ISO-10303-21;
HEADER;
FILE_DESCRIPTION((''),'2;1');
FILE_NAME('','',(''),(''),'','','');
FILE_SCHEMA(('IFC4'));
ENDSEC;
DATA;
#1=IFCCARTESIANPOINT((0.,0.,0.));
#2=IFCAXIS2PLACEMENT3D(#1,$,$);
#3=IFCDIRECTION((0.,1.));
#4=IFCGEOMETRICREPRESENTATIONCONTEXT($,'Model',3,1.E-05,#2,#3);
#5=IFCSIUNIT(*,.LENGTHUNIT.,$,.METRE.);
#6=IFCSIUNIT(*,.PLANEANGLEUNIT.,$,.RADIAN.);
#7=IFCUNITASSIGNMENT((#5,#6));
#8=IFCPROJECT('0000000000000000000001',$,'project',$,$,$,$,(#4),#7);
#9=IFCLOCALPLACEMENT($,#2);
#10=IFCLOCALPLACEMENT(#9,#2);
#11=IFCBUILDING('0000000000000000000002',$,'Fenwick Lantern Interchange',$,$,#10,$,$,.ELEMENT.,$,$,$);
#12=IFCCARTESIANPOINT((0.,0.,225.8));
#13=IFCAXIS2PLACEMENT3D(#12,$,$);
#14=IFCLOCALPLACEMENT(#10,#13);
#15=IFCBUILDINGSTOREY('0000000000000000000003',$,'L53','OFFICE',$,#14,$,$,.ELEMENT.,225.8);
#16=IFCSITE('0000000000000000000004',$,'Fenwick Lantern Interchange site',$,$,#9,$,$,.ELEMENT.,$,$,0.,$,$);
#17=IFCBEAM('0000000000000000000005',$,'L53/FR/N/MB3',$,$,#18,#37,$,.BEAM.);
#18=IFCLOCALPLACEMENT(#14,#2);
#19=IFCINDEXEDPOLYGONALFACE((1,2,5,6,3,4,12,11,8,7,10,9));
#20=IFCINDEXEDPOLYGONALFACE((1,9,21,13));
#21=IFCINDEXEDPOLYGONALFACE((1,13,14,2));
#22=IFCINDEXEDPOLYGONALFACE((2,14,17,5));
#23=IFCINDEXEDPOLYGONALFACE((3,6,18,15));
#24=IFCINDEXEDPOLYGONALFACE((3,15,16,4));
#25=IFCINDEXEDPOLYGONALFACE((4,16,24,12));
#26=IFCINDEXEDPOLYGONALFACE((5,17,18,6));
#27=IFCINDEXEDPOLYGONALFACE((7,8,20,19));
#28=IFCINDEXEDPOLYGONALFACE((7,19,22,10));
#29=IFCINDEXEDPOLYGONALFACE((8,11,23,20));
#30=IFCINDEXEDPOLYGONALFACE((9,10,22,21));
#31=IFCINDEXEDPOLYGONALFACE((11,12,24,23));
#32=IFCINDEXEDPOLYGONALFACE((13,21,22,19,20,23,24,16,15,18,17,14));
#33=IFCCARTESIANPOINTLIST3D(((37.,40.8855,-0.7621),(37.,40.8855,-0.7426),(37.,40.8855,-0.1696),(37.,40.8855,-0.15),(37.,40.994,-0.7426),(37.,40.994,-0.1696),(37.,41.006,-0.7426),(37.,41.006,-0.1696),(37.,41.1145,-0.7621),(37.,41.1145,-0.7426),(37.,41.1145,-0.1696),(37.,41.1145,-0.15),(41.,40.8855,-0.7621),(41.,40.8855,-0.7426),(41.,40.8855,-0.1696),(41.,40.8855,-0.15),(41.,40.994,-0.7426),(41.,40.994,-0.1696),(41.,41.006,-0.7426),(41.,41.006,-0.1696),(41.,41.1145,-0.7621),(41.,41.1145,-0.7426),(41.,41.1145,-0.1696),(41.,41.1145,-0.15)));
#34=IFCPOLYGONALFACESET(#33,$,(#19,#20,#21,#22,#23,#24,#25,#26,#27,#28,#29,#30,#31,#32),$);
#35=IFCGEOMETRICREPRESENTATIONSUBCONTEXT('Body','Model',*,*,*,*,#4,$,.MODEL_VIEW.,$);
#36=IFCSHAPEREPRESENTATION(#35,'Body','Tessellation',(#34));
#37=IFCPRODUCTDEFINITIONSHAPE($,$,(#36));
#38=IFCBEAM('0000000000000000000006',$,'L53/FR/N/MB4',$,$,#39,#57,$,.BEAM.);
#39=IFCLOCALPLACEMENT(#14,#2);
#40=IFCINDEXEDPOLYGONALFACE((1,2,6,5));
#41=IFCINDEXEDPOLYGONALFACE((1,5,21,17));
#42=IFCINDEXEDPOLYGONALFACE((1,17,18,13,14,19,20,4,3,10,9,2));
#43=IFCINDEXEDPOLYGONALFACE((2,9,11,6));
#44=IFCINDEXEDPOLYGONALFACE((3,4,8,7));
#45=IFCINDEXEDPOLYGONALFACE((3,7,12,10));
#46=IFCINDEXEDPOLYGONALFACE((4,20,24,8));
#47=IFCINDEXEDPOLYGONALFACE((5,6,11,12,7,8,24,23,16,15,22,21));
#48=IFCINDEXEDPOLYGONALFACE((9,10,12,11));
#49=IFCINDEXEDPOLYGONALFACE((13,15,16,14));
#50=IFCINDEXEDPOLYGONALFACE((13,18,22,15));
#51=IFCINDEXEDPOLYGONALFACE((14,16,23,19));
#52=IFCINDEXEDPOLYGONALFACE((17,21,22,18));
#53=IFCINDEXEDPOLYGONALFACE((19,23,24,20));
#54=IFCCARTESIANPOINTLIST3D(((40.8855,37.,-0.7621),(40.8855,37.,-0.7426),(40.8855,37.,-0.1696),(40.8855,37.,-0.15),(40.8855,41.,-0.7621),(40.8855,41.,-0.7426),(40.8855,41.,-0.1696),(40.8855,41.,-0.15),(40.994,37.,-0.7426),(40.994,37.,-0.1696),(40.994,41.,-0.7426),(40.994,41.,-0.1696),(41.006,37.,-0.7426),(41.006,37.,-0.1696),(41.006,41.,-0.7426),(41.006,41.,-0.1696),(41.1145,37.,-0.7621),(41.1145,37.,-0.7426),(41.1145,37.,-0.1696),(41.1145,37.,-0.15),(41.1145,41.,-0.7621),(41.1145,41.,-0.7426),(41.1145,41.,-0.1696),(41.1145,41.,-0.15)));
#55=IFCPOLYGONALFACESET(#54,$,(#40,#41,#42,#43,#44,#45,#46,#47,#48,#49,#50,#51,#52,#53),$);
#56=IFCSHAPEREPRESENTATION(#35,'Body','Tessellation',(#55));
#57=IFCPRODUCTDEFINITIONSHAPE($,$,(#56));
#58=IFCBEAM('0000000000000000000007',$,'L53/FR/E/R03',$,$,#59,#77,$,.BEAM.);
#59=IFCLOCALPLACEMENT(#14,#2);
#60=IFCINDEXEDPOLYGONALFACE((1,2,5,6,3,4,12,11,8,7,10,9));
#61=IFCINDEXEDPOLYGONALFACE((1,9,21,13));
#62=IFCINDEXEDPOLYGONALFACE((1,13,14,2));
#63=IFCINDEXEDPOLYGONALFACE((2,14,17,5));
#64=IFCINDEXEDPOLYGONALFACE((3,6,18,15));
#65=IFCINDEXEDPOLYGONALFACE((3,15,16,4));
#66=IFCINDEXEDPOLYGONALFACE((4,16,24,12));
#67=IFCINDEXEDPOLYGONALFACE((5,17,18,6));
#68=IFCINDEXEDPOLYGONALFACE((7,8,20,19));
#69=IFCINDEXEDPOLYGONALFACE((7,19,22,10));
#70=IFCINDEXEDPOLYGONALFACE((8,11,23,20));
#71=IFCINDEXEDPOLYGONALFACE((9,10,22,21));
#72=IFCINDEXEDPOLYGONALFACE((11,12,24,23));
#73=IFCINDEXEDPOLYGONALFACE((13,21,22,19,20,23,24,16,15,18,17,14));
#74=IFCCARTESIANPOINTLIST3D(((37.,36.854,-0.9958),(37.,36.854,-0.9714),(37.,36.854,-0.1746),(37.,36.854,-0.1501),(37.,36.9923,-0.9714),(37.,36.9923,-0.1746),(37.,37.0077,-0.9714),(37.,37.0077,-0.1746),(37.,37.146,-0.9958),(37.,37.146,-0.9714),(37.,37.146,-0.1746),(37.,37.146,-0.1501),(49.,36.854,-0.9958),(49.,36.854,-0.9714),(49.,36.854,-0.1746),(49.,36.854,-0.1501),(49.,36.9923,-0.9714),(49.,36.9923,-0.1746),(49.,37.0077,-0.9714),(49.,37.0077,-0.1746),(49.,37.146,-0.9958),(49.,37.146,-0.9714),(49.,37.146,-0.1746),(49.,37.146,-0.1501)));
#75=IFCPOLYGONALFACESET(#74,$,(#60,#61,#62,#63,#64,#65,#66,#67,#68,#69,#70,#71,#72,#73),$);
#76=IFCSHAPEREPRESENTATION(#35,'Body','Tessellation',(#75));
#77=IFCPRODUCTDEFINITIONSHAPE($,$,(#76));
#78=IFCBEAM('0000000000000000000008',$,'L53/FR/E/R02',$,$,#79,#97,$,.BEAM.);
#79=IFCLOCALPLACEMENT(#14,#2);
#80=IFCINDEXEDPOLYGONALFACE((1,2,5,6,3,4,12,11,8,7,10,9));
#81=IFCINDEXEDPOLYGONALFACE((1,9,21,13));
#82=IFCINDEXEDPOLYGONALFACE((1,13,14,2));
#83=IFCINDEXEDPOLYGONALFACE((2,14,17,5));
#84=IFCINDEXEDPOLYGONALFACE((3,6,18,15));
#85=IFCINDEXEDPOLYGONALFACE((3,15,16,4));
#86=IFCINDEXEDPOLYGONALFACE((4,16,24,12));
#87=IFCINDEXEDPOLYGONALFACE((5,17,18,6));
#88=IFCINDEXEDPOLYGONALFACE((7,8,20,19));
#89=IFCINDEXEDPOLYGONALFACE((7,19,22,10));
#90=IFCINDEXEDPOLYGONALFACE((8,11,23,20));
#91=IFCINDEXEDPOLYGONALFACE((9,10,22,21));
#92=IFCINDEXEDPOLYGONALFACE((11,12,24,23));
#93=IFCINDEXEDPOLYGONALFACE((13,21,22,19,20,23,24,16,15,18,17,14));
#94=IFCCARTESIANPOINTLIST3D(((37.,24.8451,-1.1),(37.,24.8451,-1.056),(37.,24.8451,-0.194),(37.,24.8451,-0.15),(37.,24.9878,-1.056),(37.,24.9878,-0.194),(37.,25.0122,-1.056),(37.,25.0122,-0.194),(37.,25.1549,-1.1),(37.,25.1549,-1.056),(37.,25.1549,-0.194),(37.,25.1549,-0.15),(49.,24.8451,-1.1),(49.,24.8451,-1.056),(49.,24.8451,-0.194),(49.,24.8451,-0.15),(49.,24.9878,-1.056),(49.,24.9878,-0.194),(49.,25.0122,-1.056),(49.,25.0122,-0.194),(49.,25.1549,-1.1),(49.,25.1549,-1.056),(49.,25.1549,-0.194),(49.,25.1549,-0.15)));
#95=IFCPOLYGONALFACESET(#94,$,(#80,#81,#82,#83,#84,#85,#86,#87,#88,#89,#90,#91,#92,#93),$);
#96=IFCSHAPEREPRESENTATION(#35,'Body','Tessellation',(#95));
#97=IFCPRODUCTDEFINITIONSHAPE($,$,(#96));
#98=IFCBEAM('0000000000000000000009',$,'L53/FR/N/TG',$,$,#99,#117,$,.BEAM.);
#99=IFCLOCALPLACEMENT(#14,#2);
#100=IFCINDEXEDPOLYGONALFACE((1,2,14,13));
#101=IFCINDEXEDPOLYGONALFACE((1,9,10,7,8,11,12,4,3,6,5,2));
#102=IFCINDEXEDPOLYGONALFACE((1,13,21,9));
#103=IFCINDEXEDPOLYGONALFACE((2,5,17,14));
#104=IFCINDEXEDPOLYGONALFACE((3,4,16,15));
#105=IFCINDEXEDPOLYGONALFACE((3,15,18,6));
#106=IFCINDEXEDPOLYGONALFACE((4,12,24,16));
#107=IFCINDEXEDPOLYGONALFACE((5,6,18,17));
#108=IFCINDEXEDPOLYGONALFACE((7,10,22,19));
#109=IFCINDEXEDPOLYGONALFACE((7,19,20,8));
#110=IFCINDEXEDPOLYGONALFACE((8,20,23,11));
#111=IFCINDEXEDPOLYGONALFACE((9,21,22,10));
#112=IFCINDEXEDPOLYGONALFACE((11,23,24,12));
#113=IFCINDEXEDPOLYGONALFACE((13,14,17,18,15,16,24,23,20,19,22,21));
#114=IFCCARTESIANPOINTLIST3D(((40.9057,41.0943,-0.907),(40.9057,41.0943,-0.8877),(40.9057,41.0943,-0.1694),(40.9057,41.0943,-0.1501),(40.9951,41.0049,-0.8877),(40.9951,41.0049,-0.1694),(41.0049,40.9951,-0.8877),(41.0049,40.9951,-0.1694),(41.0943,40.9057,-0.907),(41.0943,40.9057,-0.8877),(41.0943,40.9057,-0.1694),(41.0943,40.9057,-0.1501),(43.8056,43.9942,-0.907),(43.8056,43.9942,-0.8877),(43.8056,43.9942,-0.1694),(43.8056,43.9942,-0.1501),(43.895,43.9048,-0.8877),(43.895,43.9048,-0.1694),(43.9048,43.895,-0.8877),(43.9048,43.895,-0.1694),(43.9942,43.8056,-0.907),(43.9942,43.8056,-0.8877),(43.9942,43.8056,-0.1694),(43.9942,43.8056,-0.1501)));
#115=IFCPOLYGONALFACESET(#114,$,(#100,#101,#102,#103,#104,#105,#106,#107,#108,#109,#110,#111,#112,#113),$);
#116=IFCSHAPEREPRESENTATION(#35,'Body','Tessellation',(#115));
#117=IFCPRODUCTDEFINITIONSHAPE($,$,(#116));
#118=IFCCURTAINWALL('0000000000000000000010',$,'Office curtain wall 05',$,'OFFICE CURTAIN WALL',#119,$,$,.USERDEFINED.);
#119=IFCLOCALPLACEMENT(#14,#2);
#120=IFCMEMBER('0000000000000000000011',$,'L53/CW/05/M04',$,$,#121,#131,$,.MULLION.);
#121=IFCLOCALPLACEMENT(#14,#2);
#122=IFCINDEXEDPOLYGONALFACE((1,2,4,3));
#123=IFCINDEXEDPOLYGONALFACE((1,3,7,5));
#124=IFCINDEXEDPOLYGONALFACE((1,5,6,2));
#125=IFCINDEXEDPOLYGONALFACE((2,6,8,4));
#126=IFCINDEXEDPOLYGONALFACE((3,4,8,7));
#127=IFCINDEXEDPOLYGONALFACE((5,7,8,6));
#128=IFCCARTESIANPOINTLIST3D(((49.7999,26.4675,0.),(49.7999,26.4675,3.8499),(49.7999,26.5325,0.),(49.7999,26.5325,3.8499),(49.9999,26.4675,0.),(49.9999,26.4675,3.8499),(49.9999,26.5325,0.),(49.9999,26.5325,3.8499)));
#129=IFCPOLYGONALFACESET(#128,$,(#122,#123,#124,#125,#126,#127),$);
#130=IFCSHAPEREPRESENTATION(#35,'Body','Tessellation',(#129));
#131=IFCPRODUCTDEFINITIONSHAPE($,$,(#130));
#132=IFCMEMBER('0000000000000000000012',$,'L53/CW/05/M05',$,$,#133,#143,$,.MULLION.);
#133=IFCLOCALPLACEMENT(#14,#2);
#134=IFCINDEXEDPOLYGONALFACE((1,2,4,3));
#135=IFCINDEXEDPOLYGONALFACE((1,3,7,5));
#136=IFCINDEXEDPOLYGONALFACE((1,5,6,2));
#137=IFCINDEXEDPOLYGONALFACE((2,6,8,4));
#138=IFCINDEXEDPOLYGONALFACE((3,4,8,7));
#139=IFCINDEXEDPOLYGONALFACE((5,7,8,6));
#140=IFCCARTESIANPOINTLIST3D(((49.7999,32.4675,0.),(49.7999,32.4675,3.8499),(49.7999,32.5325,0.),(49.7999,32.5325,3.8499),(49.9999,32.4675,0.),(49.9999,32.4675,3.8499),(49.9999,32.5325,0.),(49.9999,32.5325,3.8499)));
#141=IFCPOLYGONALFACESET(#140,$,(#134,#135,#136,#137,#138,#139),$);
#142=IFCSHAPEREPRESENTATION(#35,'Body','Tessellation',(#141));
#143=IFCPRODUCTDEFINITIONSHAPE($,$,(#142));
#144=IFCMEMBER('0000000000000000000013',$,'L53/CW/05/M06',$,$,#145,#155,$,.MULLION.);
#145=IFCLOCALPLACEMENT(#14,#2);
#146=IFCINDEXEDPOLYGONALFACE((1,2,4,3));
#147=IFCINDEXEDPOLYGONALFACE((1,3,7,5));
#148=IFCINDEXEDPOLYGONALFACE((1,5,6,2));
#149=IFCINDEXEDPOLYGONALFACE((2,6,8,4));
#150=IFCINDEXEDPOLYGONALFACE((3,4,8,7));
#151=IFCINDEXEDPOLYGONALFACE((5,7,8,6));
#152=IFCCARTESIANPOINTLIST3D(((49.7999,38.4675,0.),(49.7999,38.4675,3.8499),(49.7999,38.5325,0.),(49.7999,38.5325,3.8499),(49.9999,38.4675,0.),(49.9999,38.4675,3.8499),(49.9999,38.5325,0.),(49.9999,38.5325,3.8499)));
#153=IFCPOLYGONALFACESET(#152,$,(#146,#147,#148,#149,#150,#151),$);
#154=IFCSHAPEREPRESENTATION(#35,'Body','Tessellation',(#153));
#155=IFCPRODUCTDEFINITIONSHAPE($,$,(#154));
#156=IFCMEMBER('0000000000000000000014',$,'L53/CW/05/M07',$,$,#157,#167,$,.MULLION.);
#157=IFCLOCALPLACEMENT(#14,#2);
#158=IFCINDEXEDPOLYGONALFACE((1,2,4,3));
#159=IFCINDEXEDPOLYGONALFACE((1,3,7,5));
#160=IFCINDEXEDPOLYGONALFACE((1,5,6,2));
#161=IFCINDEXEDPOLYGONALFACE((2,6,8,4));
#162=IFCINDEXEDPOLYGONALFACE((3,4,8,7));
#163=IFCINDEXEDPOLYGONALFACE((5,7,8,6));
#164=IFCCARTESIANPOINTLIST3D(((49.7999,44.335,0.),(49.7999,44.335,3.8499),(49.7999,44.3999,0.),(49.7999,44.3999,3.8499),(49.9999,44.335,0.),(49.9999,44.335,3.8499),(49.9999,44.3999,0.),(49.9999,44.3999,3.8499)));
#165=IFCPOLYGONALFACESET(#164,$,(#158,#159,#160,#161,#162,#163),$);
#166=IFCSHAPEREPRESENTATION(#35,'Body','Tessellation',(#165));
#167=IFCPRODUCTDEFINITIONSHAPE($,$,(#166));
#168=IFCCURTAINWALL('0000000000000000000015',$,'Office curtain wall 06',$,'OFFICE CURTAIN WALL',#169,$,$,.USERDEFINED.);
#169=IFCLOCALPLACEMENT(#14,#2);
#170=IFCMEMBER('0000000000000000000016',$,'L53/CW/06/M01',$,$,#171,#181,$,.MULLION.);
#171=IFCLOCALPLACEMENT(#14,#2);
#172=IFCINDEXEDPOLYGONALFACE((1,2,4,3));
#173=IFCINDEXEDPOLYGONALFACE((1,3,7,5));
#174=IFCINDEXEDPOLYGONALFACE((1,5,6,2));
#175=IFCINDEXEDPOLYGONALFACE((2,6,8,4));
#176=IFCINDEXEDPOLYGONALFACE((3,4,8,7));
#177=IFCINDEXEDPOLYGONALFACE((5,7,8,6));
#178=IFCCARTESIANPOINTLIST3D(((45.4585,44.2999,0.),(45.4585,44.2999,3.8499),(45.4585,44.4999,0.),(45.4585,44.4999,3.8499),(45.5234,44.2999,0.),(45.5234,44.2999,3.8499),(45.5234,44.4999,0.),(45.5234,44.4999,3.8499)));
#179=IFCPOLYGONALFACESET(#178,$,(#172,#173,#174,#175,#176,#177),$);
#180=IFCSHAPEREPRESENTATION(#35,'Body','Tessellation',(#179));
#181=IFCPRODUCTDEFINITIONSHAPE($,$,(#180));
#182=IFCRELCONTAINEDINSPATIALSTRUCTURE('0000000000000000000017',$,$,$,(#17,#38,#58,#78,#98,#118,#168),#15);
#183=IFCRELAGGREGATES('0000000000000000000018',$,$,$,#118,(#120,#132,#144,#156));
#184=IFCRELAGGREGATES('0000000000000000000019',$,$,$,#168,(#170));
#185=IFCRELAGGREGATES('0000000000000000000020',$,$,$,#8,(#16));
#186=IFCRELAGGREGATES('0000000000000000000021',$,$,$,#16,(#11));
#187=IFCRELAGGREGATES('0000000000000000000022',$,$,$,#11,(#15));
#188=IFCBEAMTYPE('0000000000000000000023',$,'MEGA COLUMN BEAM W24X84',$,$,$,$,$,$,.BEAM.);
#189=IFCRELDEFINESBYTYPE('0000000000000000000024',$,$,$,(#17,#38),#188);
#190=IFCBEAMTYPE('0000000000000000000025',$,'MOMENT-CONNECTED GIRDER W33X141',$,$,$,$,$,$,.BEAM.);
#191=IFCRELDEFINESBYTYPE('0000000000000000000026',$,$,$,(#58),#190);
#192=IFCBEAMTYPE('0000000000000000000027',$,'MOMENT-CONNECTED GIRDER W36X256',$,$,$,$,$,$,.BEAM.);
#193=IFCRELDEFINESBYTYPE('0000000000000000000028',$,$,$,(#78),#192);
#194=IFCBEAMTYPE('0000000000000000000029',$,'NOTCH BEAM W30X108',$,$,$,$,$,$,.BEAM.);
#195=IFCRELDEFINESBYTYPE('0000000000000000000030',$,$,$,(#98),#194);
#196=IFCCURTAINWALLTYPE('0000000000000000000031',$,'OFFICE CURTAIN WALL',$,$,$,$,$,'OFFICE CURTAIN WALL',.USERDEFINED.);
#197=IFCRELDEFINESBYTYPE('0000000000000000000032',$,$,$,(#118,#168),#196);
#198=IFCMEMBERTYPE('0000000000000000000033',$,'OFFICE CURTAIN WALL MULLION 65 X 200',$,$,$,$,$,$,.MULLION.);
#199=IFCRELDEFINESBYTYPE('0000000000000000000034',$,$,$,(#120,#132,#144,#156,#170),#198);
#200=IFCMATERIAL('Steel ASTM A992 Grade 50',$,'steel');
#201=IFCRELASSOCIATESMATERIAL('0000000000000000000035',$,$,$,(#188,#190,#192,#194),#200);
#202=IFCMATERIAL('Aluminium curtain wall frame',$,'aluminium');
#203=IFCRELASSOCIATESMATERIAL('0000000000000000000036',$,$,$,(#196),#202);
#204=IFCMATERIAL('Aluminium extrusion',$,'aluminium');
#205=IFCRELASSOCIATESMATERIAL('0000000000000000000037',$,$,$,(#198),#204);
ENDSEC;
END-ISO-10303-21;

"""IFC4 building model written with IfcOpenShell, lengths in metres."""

from ifc_helpers import new_model, si_unit, direction, frame, origin, origin_2d, place, context, subcontext, project, spatial, rectangle, i_section, extrude, material, material_profile, profile_set, type_object, element, aggregate, save


model = new_model("IFC4")

# Units and contexts
model_context = context("Model", 3, precision=1e-05, world=origin(), true_north=direction((0.0, 1.0)))
body_context = subcontext(model_context, "Body", "Model", "MODEL_VIEW")
ifc_project = project(units=[si_unit("LENGTHUNIT", "METRE"), si_unit("PLANEANGLEUNIT", "RADIAN")], contexts=[model_context])

# Site, building, storey
site_placement = place(None, origin())
site = spatial("IfcSite", under=ifc_project, at=site_placement, Name="Fenwick Lantern Interchange site", CompositionType="ELEMENT", RefElevation=0.0)
building_placement = place(site_placement, origin())
building = spatial("IfcBuilding", under=site, at=building_placement, Name="Fenwick Lantern Interchange", CompositionType="ELEMENT")
storey_placement = place(building_placement, frame((0.0, 0.0, 225.8)))
storey = spatial("IfcBuildingStorey", under=building, at=storey_placement, Name="L53", Description="OFFICE", CompositionType="ELEMENT", Elevation=225.8)

# Shared definitions
ifc_material_1 = material(Name="Steel ASTM A992 Grade 50", Category="steel")

# Beams
ifc_material_profile_1 = material_profile(ifc_material_1, i_section(OverallWidth=0.229, OverallDepth=0.6121, WebThickness=0.012, FlangeThickness=0.0195, at=origin_2d()), Name="W24X84")
ifc_profile_set_1 = profile_set([ifc_material_profile_1], Name="Steel ASTM A992 Grade 50")
beam_type_1 = type_object("IfcBeamType", Name="MEGA COLUMN BEAM W24X84", PredefinedType="BEAM", material=ifc_profile_set_1)
for number, where, z_axis, x_axis, name in (
    (1, (41.0, 41.0, -0.4561), (-1.0, 0.0, 0.0), (0.0, -1.0, 0.0), "L53/FR/N/MB3"),
    (2, (41.0, 41.0, -0.4561), (0.0, -1.0, 0.0), (1.0, 0.0, 0.0), "L53/FR/N/MB4"),
):
    element("IfcBeam", number, at=place(storey_placement, frame(where, z_axis=z_axis, x_axis=x_axis)), inside=storey, type_object=beam_type_1, Name=name, PredefinedType="BEAM", context=body_context, shape_type="SweptSolid", body=[
        extrude(i_section(OverallWidth=0.229, OverallDepth=0.6121, WebThickness=0.012, FlangeThickness=0.0195, at=origin_2d()), origin(), (0.0, 0.0, 1.0), 4.0),
    ])
ifc_material_profile_2 = material_profile(ifc_material_1, i_section(OverallWidth=0.292, OverallDepth=0.8457, WebThickness=0.0154, FlangeThickness=0.0244, at=origin_2d()), Name="W33X141")
ifc_profile_set_2 = profile_set([ifc_material_profile_2], Name="Steel ASTM A992 Grade 50")
beam_type_2 = type_object("IfcBeamType", Name="MOMENT-CONNECTED GIRDER W33X141", PredefinedType="BEAM", material=ifc_profile_set_2)
beam_1_placement = place(storey_placement, frame((49.0, 37.0, -0.573), z_axis=(-1.0, 0.0, 0.0), x_axis=(0.0, -1.0, 0.0)))
element("IfcBeam", 3, at=beam_1_placement, inside=storey, type_object=beam_type_2, Name="L53/FR/E/R03", PredefinedType="BEAM", context=body_context, shape_type="SweptSolid", body=[
    extrude(i_section(OverallWidth=0.292, OverallDepth=0.8457, WebThickness=0.0154, FlangeThickness=0.0244, at=origin_2d()), origin(), (0.0, 0.0, 1.0), 12.0),
])
ifc_material_profile_3 = material_profile(ifc_material_1, i_section(OverallWidth=0.3098, OverallDepth=0.95, WebThickness=0.0244, FlangeThickness=0.0439, at=origin_2d()), Name="W36X256")
ifc_profile_set_3 = profile_set([ifc_material_profile_3], Name="Steel ASTM A992 Grade 50")
beam_type_3 = type_object("IfcBeamType", Name="MOMENT-CONNECTED GIRDER W36X256", PredefinedType="BEAM", material=ifc_profile_set_3)
beam_2_placement = place(storey_placement, frame((49.0, 25.0, -0.625), z_axis=(-1.0, 0.0, 0.0), x_axis=(0.0, -1.0, 0.0)))
element("IfcBeam", 4, at=beam_2_placement, inside=storey, type_object=beam_type_3, Name="L53/FR/E/R02", PredefinedType="BEAM", context=body_context, shape_type="SweptSolid", body=[
    extrude(i_section(OverallWidth=0.3098, OverallDepth=0.95, WebThickness=0.0244, FlangeThickness=0.0439, at=origin_2d()), origin(), (0.0, 0.0, 1.0), 12.0),
])
ifc_material_profile_4 = material_profile(ifc_material_1, i_section(OverallWidth=0.2666, OverallDepth=0.7568, WebThickness=0.0139, FlangeThickness=0.0193, at=origin_2d()), Name="W30X108")
ifc_profile_set_4 = profile_set([ifc_material_profile_4], Name="Steel ASTM A992 Grade 50")
beam_type_4 = type_object("IfcBeamType", Name="NOTCH BEAM W30X108", PredefinedType="BEAM", material=ifc_profile_set_4)
beam_3_placement = place(storey_placement, frame((41.0, 41.0, -0.5286), z_axis=(0.707107, 0.707107, 0.0), x_axis=(-0.707107, 0.707107, 0.0)))
element("IfcBeam", 5, at=beam_3_placement, inside=storey, type_object=beam_type_4, Name="L53/FR/N/TG", PredefinedType="BEAM", context=body_context, shape_type="SweptSolid", body=[
    extrude(i_section(OverallWidth=0.2666, OverallDepth=0.7568, WebThickness=0.0139, FlangeThickness=0.0193, at=origin_2d()), origin(), (0.0, 0.0, 1.0), 4.1011),
])

# Curtain wall, members
ifc_material_2 = material(Name="Aluminium curtain wall frame", Category="aluminium")
curtain_wall_type = type_object("IfcCurtainWallType", Name="OFFICE CURTAIN WALL", ElementType="OFFICE CURTAIN WALL", PredefinedType="USERDEFINED", material=ifc_material_2)
curtain_wall_1_placement = place(storey_placement, origin())
curtain_wall_1 = element("IfcCurtainWall", 6, at=curtain_wall_1_placement, inside=storey, type_object=curtain_wall_type, Name="Office curtain wall 05", ObjectType="OFFICE CURTAIN WALL", PredefinedType="USERDEFINED")
ifc_material_3 = material(Name="Aluminium extrusion", Category="aluminium")
ifc_material_profile_5 = material_profile(ifc_material_3, rectangle(XDim=0.2, YDim=0.0649, at=origin_2d()), Name="OFFICE CURTAIN WALL MULLION 65 X 200")
ifc_profile_set_5 = profile_set([ifc_material_profile_5], Name="Aluminium extrusion")
member_type_1 = type_object("IfcMemberType", Name="OFFICE CURTAIN WALL MULLION 65 X 200", PredefinedType="MULLION", material=ifc_profile_set_5)
member_1_placement = place(storey_placement, frame((49.8999, 26.5, 0.0), z_axis=(0.0, 0.0, 1.0), x_axis=(-1.0, 0.0, 0.0)))
member_1 = element("IfcMember", 7, at=member_1_placement, type_object=member_type_1, Name="L53/CW/05/M04", PredefinedType="MULLION", context=body_context, shape_type="SweptSolid", body=[
    extrude(rectangle(XDim=0.2, YDim=0.0649, at=origin_2d()), origin(), (0.0, 0.0, 1.0), 3.8499),
])
member_2_placement = place(storey_placement, frame((49.8999, 32.5, 0.0), z_axis=(0.0, 0.0, 1.0), x_axis=(-1.0, 0.0, 0.0)))
member_2 = element("IfcMember", 8, at=member_2_placement, type_object=member_type_1, Name="L53/CW/05/M05", PredefinedType="MULLION", context=body_context, shape_type="SweptSolid", body=[
    extrude(rectangle(XDim=0.2, YDim=0.0649, at=origin_2d()), origin(), (0.0, 0.0, 1.0), 3.8499),
])
member_3_placement = place(storey_placement, frame((49.8999, 38.5, 0.0), z_axis=(0.0, 0.0, 1.0), x_axis=(-1.0, 0.0, 0.0)))
member_3 = element("IfcMember", 9, at=member_3_placement, type_object=member_type_1, Name="L53/CW/05/M06", PredefinedType="MULLION", context=body_context, shape_type="SweptSolid", body=[
    extrude(rectangle(XDim=0.2, YDim=0.0649, at=origin_2d()), origin(), (0.0, 0.0, 1.0), 3.8499),
])
member_4_placement = place(storey_placement, frame((49.8999, 44.3674, 0.0), z_axis=(0.0, 0.0, 1.0), x_axis=(-1.0, 0.0, 0.0)))
member_4 = element("IfcMember", 10, at=member_4_placement, type_object=member_type_1, Name="L53/CW/05/M07", PredefinedType="MULLION", context=body_context, shape_type="SweptSolid", body=[
    extrude(rectangle(XDim=0.2, YDim=0.0649, at=origin_2d()), origin(), (0.0, 0.0, 1.0), 3.8499),
])

# Curtain wall, member
curtain_wall_2_placement = place(storey_placement, origin())
curtain_wall_2 = element("IfcCurtainWall", 11, at=curtain_wall_2_placement, inside=storey, type_object=curtain_wall_type, Name="Office curtain wall 06", ObjectType="OFFICE CURTAIN WALL", PredefinedType="USERDEFINED")
member_5_placement = place(storey_placement, frame((45.491, 44.3999, 0.0), z_axis=(0.0, 0.0, 1.0), x_axis=(0.0, -1.0, 0.0)))
member_5 = element("IfcMember", 12, at=member_5_placement, type_object=member_type_1, Name="L53/CW/06/M01", PredefinedType="MULLION", context=body_context, shape_type="SweptSolid", body=[
    extrude(rectangle(XDim=0.2, YDim=0.0649, at=origin_2d()), origin(), (0.0, 0.0, 1.0), 3.8499),
])

aggregate(curtain_wall_1, [member_1, member_2, member_3, member_4])

aggregate(curtain_wall_2, [member_5])

save(model, "model.ifc")
